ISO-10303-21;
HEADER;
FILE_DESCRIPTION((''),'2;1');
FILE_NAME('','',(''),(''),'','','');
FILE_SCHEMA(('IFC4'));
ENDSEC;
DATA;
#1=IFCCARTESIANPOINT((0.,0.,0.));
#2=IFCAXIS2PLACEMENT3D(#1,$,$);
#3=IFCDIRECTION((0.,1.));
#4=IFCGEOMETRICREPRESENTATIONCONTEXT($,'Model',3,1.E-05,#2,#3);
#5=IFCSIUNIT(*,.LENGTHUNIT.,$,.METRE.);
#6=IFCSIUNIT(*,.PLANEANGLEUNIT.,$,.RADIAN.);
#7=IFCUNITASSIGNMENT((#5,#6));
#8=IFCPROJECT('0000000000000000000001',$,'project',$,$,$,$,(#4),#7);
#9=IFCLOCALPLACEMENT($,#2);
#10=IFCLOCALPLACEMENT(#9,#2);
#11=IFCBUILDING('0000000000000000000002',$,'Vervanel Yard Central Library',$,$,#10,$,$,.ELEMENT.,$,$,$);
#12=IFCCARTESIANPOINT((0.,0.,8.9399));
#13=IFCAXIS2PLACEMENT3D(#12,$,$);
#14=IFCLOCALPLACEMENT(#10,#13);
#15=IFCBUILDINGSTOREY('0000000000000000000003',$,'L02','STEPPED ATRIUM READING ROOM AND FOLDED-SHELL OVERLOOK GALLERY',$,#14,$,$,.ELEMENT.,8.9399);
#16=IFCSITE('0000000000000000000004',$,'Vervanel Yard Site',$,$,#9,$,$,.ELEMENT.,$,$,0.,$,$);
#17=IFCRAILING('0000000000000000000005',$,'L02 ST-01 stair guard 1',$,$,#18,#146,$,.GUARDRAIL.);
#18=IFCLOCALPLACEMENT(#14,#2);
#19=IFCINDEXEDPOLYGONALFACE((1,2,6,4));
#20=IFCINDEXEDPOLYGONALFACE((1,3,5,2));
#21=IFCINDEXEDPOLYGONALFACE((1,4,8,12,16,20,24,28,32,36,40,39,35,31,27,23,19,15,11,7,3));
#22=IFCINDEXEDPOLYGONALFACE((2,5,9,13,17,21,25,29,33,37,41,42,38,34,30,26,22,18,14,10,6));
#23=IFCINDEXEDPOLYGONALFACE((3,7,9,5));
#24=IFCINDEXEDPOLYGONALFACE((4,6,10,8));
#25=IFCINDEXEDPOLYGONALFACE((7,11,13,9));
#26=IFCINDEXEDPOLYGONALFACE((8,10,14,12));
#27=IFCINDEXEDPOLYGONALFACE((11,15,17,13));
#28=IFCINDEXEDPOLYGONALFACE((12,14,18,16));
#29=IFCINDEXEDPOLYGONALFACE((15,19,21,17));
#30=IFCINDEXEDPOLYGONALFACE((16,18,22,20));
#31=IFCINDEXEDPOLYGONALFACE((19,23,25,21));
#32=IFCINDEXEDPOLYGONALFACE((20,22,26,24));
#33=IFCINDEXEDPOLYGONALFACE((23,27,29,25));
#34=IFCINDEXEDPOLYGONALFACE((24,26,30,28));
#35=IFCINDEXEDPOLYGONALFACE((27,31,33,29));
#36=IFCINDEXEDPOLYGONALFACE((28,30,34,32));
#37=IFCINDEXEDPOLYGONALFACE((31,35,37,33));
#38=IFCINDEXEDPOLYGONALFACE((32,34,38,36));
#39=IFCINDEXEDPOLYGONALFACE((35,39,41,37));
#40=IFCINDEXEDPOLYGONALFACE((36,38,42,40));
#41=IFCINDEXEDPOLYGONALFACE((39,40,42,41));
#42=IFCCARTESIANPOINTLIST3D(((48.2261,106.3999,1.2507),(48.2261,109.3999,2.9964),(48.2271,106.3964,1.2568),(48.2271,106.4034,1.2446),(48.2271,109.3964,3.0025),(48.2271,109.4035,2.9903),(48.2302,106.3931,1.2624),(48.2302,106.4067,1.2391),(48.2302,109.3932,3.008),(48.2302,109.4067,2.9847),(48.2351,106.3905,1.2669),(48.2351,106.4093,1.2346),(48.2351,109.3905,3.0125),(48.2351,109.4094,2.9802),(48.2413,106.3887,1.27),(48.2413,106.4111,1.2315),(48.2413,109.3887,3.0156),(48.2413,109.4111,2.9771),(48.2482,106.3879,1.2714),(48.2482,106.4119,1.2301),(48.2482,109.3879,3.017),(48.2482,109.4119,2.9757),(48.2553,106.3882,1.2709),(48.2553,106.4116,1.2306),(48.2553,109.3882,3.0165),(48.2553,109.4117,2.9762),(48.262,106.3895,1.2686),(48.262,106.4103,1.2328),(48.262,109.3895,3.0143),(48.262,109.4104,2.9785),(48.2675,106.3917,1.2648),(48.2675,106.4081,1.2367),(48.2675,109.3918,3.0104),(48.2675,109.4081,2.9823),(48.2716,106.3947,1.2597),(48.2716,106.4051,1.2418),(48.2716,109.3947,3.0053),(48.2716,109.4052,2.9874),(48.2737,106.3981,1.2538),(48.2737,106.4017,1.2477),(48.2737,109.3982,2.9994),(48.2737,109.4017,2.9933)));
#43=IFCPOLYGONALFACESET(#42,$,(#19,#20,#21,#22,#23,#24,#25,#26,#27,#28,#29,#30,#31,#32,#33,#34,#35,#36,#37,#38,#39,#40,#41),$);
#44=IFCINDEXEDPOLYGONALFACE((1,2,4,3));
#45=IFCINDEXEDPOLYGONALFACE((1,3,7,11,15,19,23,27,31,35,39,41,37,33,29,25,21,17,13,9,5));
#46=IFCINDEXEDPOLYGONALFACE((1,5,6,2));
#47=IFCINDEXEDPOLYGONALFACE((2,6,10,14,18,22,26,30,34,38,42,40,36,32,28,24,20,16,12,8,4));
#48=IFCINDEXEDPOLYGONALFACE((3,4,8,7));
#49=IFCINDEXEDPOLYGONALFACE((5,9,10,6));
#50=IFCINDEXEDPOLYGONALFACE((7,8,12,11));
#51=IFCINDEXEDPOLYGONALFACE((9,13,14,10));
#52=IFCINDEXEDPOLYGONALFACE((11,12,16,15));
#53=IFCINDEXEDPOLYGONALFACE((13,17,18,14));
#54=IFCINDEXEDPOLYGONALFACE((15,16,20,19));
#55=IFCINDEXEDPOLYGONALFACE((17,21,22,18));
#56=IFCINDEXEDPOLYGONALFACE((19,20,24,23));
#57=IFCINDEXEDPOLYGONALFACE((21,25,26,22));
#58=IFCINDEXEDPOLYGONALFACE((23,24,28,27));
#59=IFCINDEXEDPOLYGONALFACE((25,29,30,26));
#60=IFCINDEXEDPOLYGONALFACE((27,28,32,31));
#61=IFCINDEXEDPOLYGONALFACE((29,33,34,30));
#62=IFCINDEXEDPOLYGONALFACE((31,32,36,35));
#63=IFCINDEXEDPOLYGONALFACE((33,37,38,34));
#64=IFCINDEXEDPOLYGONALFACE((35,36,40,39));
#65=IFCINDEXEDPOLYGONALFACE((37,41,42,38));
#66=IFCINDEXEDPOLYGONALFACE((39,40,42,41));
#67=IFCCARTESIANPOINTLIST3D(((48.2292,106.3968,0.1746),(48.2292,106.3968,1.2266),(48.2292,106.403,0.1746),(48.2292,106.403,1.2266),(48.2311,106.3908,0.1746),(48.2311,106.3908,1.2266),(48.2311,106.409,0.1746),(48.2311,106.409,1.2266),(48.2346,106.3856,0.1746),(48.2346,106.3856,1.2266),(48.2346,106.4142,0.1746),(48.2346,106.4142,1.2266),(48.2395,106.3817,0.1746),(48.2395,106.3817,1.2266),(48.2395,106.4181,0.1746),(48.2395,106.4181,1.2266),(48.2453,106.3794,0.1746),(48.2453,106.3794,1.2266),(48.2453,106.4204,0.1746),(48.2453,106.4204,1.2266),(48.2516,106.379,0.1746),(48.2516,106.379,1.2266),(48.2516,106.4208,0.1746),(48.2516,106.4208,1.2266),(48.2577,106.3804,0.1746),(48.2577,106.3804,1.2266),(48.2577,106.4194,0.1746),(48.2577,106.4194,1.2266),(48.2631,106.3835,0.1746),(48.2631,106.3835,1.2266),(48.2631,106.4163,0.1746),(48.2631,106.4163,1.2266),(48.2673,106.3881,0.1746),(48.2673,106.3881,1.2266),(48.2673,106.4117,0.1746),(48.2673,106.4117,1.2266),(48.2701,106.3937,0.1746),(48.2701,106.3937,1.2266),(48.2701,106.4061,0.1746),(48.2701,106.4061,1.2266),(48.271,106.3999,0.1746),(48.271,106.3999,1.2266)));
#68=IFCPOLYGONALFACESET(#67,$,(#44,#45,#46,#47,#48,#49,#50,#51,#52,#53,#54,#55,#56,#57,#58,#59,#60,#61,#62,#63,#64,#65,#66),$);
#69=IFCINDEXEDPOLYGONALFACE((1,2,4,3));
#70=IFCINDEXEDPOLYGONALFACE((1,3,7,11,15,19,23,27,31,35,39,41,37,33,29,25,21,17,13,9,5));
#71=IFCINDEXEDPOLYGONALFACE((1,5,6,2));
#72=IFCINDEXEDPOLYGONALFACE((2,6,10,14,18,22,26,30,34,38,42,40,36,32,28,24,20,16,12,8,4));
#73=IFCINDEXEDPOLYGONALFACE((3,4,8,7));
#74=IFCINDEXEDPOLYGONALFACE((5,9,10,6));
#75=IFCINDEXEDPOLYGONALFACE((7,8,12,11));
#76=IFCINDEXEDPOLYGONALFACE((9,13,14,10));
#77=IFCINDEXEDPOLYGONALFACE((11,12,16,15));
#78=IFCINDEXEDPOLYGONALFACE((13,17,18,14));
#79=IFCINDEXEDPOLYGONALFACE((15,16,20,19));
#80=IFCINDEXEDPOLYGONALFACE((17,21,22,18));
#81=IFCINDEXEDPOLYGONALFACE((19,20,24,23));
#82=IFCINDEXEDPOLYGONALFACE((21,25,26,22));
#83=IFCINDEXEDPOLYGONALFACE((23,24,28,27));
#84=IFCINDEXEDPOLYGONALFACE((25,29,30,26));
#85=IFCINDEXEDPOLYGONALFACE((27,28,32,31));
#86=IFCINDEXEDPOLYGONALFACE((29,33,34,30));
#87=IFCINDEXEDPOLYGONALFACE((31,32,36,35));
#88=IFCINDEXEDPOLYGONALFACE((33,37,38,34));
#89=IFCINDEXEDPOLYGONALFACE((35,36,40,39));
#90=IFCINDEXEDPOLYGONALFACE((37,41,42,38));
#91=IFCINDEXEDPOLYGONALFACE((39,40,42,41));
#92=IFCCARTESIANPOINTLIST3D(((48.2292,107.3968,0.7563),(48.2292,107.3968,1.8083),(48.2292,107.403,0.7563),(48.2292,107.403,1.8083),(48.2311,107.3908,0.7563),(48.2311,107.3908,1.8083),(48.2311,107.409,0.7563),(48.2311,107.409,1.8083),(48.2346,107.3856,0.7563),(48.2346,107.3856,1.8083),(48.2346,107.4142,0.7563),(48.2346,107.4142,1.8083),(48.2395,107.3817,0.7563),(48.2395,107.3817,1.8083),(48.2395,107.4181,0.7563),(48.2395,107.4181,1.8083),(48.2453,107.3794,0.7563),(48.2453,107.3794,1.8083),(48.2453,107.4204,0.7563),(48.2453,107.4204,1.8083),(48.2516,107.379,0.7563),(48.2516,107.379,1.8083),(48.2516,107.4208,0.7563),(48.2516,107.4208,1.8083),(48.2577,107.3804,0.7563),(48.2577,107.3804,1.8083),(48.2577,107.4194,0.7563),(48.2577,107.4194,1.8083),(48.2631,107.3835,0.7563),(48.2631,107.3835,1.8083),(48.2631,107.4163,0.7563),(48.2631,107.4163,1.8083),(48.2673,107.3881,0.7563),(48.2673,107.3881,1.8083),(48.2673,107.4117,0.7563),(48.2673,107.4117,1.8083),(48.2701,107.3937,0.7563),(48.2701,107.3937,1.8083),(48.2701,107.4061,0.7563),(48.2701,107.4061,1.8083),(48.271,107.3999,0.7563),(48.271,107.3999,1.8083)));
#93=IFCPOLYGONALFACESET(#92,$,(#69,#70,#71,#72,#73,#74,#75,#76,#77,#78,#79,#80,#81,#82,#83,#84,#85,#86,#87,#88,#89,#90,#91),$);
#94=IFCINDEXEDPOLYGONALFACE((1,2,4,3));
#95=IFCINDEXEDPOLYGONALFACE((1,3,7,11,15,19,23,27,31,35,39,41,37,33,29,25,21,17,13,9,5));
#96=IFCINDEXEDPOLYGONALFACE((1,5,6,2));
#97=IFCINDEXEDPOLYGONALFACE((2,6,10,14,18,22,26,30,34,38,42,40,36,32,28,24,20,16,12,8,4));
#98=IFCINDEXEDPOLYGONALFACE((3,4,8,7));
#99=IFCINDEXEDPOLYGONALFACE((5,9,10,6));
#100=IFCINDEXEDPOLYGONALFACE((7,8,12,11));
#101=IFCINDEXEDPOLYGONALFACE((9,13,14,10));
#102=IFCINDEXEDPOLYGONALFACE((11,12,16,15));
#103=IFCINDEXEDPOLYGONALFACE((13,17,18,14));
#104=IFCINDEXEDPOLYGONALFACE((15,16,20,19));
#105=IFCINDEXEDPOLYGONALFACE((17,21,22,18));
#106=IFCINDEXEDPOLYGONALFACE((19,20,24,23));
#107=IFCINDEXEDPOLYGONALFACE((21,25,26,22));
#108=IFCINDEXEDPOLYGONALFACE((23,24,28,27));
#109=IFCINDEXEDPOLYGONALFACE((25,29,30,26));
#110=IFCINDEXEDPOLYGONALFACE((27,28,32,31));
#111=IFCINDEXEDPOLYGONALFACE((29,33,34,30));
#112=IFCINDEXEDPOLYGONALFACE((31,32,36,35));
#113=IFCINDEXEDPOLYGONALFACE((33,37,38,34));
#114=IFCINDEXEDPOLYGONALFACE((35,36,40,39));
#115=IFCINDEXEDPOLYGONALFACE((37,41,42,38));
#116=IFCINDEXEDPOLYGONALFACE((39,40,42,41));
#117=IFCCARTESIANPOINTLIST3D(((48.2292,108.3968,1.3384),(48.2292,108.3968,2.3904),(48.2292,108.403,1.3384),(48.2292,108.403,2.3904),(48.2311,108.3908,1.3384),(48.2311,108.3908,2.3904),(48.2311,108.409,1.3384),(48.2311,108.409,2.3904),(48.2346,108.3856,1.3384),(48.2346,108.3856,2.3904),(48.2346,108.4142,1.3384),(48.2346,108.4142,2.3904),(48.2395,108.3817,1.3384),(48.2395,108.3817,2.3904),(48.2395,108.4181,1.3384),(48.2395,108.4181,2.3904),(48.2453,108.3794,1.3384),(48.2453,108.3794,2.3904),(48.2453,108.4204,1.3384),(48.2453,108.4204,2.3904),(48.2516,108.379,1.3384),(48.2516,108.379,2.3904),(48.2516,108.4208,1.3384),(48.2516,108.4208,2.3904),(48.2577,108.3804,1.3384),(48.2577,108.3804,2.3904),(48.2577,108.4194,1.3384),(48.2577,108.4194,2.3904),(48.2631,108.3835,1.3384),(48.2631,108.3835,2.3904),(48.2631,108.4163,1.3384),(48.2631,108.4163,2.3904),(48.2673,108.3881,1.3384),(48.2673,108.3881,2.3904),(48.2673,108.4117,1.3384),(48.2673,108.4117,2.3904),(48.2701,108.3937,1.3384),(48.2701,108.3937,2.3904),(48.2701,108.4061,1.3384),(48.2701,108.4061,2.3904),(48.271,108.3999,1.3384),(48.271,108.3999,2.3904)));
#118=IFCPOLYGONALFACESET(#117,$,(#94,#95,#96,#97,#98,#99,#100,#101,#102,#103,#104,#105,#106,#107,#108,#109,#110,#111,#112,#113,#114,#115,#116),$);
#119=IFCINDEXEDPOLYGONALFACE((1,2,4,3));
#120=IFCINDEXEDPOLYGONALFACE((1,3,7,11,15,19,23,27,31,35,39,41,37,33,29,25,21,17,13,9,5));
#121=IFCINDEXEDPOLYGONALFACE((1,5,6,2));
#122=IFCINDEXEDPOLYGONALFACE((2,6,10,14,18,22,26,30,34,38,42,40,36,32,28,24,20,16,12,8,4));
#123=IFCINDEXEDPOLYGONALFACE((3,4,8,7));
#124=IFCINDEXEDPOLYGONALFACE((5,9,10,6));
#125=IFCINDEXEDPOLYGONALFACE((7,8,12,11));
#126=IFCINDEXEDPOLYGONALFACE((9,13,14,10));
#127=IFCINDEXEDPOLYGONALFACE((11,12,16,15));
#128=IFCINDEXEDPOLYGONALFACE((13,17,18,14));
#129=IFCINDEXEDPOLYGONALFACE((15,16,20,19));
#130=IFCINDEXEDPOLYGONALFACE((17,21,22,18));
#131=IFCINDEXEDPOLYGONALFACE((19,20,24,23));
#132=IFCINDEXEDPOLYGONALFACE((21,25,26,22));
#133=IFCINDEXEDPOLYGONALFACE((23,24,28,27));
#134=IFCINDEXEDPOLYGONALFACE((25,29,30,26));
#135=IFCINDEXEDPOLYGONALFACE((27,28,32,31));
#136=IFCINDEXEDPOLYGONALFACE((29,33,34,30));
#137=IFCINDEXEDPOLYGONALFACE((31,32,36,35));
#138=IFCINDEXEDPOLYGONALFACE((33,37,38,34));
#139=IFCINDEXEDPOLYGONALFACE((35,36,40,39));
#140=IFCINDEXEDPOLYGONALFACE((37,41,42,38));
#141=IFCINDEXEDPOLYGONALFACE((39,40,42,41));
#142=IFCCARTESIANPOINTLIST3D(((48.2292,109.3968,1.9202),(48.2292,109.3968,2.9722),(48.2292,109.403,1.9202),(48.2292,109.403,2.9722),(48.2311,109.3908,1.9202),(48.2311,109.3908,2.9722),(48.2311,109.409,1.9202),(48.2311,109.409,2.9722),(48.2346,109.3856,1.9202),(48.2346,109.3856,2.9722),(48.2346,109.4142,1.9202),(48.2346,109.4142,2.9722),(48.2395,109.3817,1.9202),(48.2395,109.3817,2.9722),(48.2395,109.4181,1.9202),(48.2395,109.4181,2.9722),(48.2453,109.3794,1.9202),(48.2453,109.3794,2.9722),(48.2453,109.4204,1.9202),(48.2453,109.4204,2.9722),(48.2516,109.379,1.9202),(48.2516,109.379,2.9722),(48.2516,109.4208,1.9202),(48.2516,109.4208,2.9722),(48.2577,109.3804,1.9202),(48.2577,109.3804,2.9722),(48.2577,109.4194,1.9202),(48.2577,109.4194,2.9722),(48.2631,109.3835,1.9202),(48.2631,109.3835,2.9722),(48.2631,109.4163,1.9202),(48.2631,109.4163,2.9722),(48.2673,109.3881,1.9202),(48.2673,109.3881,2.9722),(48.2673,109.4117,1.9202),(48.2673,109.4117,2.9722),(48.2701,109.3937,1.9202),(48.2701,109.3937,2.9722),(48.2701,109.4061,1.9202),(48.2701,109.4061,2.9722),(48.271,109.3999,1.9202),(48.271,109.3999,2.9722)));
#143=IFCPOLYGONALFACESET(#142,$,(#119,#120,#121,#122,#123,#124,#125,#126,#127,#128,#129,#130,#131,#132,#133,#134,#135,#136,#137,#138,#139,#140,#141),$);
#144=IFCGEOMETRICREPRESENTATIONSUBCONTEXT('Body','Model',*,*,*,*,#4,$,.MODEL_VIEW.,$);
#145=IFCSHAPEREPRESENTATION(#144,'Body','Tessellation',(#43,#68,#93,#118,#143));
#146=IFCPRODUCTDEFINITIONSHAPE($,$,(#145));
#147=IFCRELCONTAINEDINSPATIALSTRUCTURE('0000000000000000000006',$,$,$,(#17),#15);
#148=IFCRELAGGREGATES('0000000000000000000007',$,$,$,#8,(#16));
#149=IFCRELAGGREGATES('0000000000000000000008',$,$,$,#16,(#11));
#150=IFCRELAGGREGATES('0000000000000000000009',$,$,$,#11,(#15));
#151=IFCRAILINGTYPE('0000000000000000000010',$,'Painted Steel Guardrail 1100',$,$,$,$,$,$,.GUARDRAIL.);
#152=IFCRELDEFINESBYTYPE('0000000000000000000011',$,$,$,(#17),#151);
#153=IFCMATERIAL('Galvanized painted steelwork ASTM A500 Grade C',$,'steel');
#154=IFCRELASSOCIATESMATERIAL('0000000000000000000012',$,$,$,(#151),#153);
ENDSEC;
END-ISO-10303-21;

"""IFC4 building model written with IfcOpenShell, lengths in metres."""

from ifc_helpers import new_model, si_unit, direction, frame, origin, origin_2d, place, context, subcontext, project, spatial, circle, extrude, material, type_object, element, save


model = new_model("IFC4")

# Units and contexts
model_context = context("Model", 3, precision=1e-05, world=origin(), true_north=direction((0.0, 1.0)))
body_context = subcontext(model_context, "Body", "Model", "MODEL_VIEW")
ifc_project = project(units=[si_unit("LENGTHUNIT", "METRE"), si_unit("PLANEANGLEUNIT", "RADIAN")], contexts=[model_context])

# Site, building, storey
site_placement = place(None, origin())
site = spatial("IfcSite", under=ifc_project, at=site_placement, Name="Vervanel Yard Site", CompositionType="ELEMENT", RefElevation=0.0)
building_placement = place(site_placement, origin())
building = spatial("IfcBuilding", under=site, at=building_placement, Name="Vervanel Yard Central Library", CompositionType="ELEMENT")
storey_placement = place(building_placement, frame((0.0, 0.0, 8.9399)))
storey = spatial("IfcBuildingStorey", under=building, at=storey_placement, Name="L02", Description="STEPPED ATRIUM READING ROOM AND FOLDED-SHELL OVERLOOK GALLERY", CompositionType="ELEMENT", Elevation=8.9399)

# Shared definitions
ifc_material_1 = material(Name="Galvanized painted steelwork ASTM A500 Grade C", Category="steel")

# Railing
railing_type_1 = type_object("IfcRailingType", Name="Painted Steel Guardrail 1100", PredefinedType="GUARDRAIL", material=ifc_material_1)
railing_1_placement = place(storey_placement, frame((48.25, 106.3999, 0.1746)))
element("IfcRailing", 1, at=railing_1_placement, inside=storey, type_object=railing_type_1, Name="L02 ST-01 stair guard 1", PredefinedType="GUARDRAIL", context=body_context, shape_type="SweptSolid", body=[
    extrude(circle(Radius=0.0239, at=origin_2d()), frame((0.0, 0.0, 1.0762), z_axis=(0.0, 0.864329, 0.502926), x_axis=(-1.0, 0.0, 0.0)), (0.0, 0.0, 1.0), 3.4709),
    extrude(circle(Radius=0.021, at=origin_2d()), origin(), (0.0, 0.0, 1.0), 1.052),
    extrude(circle(Radius=0.021, at=origin_2d()), frame((0.0, 1.0, 0.5818)), (0.0, 0.0, 1.0), 1.052),
    extrude(circle(Radius=0.021, at=origin_2d()), frame((0.0, 2.0, 1.1638)), (0.0, 0.0, 1.0), 1.052),
    extrude(circle(Radius=0.021, at=origin_2d()), frame((0.0, 3.0, 1.7456)), (0.0, 0.0, 1.0), 1.052),
])

save(model, "model.ifc")
